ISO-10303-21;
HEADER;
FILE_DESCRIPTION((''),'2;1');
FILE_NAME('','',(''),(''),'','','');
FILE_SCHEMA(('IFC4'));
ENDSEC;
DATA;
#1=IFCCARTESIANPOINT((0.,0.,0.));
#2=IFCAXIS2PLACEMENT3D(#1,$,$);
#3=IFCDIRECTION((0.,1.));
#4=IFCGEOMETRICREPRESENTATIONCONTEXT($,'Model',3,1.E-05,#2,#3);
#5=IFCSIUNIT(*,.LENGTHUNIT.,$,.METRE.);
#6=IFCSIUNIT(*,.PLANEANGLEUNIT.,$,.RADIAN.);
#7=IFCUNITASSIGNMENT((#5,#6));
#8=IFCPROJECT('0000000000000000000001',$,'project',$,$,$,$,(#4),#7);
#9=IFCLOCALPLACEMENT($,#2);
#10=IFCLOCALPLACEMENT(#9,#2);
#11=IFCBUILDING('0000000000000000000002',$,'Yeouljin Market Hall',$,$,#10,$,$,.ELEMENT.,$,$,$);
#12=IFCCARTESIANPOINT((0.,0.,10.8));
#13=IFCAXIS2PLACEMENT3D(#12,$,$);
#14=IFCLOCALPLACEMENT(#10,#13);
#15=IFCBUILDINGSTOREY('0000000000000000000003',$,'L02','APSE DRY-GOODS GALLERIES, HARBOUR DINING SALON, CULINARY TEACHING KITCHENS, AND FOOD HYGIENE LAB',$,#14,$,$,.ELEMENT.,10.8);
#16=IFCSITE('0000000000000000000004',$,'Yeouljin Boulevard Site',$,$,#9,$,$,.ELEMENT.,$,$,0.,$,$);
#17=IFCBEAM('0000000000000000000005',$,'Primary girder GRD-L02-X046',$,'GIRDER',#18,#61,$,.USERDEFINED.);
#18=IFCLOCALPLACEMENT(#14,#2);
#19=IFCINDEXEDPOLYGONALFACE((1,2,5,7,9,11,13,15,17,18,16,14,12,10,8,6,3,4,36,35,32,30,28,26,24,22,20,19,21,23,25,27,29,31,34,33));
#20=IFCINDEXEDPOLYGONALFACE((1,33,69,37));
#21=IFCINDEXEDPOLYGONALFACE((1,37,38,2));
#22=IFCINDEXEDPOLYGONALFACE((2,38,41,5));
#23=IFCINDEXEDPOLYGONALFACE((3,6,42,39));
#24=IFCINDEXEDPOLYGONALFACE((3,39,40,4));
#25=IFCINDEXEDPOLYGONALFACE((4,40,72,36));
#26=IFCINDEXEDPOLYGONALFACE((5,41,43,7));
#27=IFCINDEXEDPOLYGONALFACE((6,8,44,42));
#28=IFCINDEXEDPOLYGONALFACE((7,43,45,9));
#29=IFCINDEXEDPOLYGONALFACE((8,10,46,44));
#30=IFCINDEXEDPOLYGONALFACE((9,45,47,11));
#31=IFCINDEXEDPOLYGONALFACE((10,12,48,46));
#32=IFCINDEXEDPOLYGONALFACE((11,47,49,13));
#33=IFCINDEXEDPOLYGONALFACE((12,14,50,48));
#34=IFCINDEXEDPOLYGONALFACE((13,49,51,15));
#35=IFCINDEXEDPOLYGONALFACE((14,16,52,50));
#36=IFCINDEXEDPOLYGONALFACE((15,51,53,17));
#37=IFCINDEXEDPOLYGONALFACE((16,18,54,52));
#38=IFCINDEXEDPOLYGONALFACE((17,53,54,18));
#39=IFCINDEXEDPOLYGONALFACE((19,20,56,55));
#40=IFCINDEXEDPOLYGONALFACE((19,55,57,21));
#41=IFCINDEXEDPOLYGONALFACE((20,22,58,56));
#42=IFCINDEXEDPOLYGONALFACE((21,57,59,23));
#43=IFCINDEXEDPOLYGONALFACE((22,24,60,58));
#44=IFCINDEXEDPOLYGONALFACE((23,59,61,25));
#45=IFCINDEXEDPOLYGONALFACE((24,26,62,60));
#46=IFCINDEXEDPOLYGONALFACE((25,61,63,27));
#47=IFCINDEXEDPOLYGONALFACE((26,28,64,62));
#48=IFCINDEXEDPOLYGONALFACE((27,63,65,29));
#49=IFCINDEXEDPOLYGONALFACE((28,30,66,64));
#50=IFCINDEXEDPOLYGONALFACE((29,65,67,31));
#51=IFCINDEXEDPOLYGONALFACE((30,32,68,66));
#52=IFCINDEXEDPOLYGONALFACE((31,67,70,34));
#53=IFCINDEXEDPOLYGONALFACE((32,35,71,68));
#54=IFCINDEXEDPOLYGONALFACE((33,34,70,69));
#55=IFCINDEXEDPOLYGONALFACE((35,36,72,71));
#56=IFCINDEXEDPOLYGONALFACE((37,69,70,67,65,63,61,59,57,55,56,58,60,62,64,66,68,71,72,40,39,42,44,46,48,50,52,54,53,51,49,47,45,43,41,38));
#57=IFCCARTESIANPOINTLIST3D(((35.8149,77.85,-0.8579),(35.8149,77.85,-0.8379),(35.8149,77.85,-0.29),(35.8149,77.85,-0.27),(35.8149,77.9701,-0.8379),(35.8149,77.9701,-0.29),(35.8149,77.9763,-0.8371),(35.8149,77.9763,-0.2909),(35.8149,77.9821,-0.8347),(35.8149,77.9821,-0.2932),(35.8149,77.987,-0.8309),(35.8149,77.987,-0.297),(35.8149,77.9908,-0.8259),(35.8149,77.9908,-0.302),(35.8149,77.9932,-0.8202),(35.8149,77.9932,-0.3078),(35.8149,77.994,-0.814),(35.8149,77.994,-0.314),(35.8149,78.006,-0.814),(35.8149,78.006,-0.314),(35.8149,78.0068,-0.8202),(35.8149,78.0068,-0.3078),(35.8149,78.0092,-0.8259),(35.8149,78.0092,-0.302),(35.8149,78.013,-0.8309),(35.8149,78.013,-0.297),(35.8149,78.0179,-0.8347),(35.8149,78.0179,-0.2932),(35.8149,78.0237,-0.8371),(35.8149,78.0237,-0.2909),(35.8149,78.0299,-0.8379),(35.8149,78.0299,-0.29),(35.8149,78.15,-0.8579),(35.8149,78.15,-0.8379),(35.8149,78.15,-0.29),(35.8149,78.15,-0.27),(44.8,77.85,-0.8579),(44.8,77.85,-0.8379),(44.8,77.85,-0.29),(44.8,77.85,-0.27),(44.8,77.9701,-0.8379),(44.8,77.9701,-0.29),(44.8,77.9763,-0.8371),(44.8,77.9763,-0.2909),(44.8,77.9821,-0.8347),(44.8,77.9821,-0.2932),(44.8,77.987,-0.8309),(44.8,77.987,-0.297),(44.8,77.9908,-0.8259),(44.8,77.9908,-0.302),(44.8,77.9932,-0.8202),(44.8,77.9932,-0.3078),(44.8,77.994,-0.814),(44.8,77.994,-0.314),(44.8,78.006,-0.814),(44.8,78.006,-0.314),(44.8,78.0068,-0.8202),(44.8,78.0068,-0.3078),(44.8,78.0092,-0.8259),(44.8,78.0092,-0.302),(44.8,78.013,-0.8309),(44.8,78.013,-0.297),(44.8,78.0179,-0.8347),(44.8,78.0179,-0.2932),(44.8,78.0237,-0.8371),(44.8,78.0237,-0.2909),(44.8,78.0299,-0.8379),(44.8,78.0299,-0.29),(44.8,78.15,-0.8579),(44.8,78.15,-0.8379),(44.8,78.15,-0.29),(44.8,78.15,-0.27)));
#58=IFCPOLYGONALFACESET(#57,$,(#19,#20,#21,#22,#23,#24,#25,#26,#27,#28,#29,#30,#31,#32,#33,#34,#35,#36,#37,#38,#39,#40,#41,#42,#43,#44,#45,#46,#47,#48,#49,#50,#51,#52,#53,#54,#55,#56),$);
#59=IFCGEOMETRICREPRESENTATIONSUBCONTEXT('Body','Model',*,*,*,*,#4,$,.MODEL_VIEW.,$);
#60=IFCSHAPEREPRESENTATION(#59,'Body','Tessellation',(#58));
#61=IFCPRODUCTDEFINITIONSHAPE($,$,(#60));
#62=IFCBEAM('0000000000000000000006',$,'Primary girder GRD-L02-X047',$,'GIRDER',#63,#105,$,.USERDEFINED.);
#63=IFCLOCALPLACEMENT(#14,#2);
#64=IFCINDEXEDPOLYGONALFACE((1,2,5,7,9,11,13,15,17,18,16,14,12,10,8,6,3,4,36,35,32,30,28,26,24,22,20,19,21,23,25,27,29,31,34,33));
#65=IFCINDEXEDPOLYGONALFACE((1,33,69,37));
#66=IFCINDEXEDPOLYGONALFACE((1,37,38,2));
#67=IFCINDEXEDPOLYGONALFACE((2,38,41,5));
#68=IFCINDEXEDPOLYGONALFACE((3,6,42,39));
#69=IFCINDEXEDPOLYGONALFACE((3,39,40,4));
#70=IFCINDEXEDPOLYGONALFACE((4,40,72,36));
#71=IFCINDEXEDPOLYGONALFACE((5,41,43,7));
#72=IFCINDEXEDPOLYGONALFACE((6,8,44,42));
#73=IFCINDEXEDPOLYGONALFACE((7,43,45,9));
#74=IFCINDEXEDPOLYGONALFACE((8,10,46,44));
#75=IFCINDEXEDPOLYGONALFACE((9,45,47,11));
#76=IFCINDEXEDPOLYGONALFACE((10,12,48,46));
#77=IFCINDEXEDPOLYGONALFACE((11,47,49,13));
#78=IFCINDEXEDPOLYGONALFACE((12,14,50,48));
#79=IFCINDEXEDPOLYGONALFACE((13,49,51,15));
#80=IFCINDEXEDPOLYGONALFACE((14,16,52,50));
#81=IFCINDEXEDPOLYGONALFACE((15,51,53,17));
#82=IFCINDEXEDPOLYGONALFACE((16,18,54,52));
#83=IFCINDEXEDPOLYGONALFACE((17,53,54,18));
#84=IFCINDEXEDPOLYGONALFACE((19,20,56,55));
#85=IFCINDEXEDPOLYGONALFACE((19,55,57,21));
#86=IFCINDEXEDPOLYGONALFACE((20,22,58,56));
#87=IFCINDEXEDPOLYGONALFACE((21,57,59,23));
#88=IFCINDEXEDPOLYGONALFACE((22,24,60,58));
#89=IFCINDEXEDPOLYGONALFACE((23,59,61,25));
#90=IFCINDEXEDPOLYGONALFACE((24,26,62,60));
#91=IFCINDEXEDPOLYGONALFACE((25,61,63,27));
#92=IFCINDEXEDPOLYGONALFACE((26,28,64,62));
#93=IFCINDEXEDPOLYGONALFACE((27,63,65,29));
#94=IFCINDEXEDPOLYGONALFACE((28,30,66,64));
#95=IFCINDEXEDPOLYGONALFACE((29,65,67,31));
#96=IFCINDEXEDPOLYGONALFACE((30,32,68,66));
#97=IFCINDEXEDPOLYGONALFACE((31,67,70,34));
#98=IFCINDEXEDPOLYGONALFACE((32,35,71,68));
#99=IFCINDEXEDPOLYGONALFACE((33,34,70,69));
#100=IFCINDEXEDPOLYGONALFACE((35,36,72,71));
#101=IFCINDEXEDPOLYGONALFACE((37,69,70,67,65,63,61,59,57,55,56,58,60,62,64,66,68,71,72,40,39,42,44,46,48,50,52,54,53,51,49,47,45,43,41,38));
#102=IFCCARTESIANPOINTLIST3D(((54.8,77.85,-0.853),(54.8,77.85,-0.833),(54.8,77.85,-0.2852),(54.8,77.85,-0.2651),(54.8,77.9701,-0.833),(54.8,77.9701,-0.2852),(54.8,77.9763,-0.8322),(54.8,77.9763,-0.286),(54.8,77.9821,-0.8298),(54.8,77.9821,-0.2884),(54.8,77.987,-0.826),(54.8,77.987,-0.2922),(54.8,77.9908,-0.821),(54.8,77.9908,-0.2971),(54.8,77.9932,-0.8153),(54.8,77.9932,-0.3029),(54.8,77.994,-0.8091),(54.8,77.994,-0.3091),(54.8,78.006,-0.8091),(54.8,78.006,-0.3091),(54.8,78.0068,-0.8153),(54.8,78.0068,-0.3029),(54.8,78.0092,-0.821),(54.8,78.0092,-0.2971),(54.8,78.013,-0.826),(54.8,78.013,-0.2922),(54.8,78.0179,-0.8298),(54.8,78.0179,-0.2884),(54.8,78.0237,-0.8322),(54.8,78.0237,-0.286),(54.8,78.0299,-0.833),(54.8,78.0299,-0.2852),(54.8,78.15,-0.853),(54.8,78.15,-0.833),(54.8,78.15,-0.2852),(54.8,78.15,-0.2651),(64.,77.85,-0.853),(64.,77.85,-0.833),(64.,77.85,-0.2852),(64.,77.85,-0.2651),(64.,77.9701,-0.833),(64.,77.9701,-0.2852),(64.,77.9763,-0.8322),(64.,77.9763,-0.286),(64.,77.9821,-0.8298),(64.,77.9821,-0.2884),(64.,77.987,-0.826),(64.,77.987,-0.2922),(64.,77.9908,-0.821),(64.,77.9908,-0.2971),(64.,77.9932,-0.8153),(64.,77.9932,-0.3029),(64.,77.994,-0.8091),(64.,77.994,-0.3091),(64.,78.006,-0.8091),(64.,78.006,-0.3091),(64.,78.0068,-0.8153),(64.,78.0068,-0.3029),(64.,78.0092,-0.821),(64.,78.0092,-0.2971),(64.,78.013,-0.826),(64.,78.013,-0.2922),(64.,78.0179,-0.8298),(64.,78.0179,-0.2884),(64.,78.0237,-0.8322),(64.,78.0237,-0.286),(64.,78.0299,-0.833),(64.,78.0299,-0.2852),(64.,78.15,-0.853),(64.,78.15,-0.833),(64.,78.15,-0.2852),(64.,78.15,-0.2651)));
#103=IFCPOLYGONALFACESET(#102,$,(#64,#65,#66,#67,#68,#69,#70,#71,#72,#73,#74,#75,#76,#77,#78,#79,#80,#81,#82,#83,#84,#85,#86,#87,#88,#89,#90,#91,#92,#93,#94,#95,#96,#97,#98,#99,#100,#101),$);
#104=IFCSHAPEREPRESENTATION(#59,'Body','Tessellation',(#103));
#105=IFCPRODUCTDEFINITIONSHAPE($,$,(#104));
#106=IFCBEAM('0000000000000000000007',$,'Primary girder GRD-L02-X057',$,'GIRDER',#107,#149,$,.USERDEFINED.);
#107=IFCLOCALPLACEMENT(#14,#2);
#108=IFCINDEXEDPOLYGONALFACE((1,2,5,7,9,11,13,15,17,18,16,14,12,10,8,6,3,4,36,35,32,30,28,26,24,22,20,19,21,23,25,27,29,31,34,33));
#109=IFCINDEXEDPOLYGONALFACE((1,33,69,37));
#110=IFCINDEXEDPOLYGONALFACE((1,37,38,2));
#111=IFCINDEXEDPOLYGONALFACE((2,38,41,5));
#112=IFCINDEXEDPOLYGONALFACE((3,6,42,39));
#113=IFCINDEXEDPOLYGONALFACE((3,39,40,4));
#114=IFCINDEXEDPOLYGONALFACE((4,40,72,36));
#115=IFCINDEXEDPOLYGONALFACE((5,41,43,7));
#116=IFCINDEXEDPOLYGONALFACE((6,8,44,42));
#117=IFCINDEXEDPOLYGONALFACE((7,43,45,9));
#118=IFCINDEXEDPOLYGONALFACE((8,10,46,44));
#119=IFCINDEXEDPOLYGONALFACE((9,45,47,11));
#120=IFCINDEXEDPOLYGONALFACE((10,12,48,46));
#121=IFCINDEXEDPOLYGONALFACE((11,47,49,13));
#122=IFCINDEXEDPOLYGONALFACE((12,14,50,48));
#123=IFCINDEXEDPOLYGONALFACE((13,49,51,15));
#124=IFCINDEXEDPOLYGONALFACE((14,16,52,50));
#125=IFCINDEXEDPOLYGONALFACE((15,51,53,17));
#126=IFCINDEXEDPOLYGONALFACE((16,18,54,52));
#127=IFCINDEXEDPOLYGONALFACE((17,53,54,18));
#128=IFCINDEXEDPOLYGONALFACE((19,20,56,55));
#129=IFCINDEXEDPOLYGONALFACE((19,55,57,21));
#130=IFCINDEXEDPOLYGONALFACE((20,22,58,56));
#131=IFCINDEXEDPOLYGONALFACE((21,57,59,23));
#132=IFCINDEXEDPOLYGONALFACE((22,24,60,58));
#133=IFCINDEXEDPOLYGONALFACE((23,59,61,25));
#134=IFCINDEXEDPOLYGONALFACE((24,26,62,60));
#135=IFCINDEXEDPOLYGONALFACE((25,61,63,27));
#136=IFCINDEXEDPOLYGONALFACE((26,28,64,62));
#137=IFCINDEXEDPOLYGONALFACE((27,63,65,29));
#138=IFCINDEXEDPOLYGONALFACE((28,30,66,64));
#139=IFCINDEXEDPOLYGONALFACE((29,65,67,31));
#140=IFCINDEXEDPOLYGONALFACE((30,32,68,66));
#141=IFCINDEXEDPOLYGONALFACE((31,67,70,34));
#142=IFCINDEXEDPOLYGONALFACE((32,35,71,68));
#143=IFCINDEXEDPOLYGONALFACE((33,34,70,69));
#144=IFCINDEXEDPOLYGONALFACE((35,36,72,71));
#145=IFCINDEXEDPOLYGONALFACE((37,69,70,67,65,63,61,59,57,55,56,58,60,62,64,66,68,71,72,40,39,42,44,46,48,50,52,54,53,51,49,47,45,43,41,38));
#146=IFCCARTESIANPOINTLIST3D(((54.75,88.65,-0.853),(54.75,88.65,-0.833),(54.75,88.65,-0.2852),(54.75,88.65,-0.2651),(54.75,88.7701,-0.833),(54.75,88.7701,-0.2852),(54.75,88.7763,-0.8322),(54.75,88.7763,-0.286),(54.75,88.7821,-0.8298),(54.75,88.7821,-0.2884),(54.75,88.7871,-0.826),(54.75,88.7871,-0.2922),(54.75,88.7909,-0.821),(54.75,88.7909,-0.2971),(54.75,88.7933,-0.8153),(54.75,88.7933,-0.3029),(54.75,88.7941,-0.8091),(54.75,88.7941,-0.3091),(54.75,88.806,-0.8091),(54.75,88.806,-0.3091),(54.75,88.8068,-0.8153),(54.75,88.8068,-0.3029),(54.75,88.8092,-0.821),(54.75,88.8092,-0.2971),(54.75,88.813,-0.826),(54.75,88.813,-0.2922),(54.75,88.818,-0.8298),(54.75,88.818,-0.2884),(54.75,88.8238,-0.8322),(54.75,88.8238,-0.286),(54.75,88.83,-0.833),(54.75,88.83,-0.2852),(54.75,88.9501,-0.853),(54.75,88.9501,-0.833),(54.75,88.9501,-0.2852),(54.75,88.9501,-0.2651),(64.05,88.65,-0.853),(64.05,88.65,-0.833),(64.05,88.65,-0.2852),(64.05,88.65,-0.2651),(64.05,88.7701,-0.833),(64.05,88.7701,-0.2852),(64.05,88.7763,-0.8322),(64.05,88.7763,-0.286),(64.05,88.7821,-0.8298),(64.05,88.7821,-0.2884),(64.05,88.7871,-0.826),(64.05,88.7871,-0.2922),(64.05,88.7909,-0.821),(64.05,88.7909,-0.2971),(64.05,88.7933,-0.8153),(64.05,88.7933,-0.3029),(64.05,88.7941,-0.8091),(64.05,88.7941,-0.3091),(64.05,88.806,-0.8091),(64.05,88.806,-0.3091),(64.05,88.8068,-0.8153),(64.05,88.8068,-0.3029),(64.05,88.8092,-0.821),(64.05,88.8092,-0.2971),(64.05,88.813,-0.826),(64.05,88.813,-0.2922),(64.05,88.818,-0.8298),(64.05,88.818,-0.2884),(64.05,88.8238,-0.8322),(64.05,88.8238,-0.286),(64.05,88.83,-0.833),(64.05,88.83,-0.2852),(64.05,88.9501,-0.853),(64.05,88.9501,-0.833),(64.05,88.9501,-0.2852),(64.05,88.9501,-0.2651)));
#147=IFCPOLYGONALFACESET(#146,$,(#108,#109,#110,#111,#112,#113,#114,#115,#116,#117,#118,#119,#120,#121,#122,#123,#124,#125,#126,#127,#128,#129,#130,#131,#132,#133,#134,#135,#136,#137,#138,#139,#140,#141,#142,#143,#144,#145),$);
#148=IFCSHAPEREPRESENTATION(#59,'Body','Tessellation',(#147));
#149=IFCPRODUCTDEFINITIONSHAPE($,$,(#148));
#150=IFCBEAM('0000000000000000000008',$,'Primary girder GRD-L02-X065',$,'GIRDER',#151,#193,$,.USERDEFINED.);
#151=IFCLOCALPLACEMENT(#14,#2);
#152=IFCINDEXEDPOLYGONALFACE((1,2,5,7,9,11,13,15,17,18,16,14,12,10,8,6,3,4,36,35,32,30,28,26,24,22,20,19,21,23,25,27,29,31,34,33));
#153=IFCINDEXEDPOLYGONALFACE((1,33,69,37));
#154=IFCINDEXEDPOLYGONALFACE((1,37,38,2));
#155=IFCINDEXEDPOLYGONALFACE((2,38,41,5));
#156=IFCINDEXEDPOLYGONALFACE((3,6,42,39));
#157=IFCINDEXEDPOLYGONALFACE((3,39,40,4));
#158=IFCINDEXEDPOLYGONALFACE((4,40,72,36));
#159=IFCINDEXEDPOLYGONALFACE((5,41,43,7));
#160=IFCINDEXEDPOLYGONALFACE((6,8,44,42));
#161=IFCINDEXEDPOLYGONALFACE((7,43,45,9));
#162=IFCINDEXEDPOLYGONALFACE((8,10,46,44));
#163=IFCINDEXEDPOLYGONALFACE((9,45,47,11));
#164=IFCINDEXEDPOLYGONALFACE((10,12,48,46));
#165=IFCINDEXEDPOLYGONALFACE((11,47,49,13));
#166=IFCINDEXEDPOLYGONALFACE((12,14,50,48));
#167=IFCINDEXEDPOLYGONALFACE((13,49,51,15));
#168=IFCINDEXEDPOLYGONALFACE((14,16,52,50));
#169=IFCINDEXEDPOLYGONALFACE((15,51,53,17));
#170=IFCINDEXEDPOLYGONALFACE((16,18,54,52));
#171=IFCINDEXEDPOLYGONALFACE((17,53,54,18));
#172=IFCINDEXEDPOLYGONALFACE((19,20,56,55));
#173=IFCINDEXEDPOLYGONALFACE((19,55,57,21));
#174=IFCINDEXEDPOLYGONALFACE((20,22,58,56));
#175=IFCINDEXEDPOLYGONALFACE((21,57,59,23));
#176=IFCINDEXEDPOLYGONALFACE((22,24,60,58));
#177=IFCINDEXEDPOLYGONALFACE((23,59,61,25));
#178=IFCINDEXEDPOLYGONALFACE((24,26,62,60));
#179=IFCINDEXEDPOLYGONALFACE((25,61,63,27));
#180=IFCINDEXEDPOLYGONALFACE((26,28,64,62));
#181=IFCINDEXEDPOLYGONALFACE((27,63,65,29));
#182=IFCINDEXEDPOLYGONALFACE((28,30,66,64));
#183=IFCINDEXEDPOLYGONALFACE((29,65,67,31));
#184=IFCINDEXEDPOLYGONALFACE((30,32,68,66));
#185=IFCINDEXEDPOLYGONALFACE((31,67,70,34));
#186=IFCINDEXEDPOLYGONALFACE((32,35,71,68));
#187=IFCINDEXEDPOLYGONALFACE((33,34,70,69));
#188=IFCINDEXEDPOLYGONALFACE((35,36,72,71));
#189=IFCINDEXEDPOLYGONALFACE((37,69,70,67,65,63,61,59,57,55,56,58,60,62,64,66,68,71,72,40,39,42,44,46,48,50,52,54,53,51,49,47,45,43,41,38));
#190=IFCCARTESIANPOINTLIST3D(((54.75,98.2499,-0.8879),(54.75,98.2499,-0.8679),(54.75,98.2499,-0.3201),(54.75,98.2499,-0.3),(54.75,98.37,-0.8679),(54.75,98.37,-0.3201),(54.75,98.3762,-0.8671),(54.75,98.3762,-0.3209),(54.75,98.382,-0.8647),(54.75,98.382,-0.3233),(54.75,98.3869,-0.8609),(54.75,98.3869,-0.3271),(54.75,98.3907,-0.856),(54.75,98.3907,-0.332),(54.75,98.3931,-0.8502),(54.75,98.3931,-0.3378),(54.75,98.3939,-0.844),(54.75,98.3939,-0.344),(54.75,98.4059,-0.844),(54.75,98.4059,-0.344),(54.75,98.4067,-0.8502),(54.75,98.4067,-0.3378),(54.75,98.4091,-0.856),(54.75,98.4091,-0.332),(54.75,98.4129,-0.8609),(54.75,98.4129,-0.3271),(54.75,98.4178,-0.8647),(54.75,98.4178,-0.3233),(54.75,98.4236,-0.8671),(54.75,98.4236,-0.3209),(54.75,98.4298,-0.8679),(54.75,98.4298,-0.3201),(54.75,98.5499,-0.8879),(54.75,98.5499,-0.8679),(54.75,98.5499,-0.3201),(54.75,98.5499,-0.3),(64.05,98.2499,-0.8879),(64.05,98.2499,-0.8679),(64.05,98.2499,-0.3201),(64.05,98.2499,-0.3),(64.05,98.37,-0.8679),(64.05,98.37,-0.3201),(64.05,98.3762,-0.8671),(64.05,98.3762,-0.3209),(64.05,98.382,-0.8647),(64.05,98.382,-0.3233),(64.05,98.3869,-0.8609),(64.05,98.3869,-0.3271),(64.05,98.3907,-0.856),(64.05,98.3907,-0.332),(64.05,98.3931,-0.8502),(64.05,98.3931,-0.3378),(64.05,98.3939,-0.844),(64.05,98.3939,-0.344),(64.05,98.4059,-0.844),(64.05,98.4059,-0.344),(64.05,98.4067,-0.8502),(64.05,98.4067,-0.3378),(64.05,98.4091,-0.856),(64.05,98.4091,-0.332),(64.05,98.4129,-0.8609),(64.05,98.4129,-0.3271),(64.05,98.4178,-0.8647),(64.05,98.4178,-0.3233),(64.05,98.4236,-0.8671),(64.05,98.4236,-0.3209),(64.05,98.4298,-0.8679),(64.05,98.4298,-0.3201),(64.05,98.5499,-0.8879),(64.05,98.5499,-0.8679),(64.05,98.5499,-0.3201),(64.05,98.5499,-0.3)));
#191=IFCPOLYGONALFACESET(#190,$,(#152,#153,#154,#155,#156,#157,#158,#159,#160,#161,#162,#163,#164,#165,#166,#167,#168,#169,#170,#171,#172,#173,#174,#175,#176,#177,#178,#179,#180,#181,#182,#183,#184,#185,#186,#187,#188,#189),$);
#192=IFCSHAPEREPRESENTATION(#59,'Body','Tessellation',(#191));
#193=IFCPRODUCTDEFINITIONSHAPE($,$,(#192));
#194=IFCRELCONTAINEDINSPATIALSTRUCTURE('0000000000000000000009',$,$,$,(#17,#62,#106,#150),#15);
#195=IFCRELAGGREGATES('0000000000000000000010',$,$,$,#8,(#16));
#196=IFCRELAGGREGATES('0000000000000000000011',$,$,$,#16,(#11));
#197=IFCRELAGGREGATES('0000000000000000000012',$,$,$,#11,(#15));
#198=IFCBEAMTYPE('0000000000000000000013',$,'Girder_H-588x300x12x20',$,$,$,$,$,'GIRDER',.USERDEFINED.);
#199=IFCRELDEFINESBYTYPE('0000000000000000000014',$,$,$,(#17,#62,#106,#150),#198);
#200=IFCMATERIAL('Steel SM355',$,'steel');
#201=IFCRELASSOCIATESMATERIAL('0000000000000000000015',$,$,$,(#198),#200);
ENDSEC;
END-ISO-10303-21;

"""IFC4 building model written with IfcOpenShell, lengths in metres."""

from ifc_helpers import new_model, si_unit, direction, frame, origin, origin_2d, place, context, subcontext, project, spatial, i_section, extrude, material, material_profile, profile_set, type_object, element, save


model = new_model("IFC4")

# Units and contexts
model_context = context("Model", 3, precision=1e-05, world=origin(), true_north=direction((0.0, 1.0)))
body_context = subcontext(model_context, "Body", "Model", "MODEL_VIEW")
ifc_project = project(units=[si_unit("LENGTHUNIT", "METRE"), si_unit("PLANEANGLEUNIT", "RADIAN")], contexts=[model_context])

# Site, building, storey
site_placement = place(None, origin())
site = spatial("IfcSite", under=ifc_project, at=site_placement, Name="Yeouljin Boulevard Site", CompositionType="ELEMENT", RefElevation=0.0)
building_placement = place(site_placement, origin())
building = spatial("IfcBuilding", under=site, at=building_placement, Name="Yeouljin Market Hall", CompositionType="ELEMENT")
storey_placement = place(building_placement, frame((0.0, 0.0, 10.8)))
storey = spatial("IfcBuildingStorey", under=building, at=storey_placement, Name="L02", Description="APSE DRY-GOODS GALLERIES, HARBOUR DINING SALON, CULINARY TEACHING KITCHENS, AND FOOD HYGIENE LAB", CompositionType="ELEMENT", Elevation=10.8)

# Beams
ifc_material_1 = material(Name="Steel SM355", Category="steel")
ifc_material_profile_1 = material_profile(ifc_material_1, i_section(OverallWidth=0.3, OverallDepth=0.5879, WebThickness=0.012, FlangeThickness=0.02, FilletRadius=0.0239, at=origin_2d()), Name="H-588x300x12x20")
ifc_profile_set_1 = profile_set([ifc_material_profile_1], Name="Steel SM355")
beam_type_1 = type_object("IfcBeamType", Name="Girder_H-588x300x12x20", ElementType="GIRDER", PredefinedType="USERDEFINED", material=ifc_profile_set_1)
beam_1_placement = place(storey_placement, frame((35.8149, 78.0, -0.564), z_axis=(1.0, 0.0, 0.0), x_axis=(0.0, 1.0, 0.0)))
element("IfcBeam", 1, at=beam_1_placement, inside=storey, type_object=beam_type_1, Name="Primary girder GRD-L02-X046", ObjectType="GIRDER", PredefinedType="USERDEFINED", context=body_context, shape_type="SweptSolid", body=[
    extrude(i_section(OverallWidth=0.3, OverallDepth=0.5879, WebThickness=0.012, FlangeThickness=0.02, FilletRadius=0.0239, at=origin_2d()), origin(), (0.0, 0.0, 1.0), 8.9851),
])
beam_2_placement = place(storey_placement, frame((54.8, 78.0, -0.5591), z_axis=(1.0, 0.0, 0.0), x_axis=(0.0, 1.0, 0.0)))
element("IfcBeam", 2, at=beam_2_placement, inside=storey, type_object=beam_type_1, Name="Primary girder GRD-L02-X047", ObjectType="GIRDER", PredefinedType="USERDEFINED", context=body_context, shape_type="SweptSolid", body=[
    extrude(i_section(OverallWidth=0.3, OverallDepth=0.5879, WebThickness=0.012, FlangeThickness=0.02, FilletRadius=0.0239, at=origin_2d()), origin(), (0.0, 0.0, 1.0), 9.2),
])
for number, where, z_axis, x_axis, name in (
    (3, (54.75, 88.8, -0.5591), (1.0, 0.0, 0.0), (0.0, 1.0, 0.0), "Primary girder GRD-L02-X057"),
    (4, (54.75, 98.3999, -0.594), (1.0, 0.0, 0.0), (0.0, 1.0, 0.0), "Primary girder GRD-L02-X065"),
):
    element("IfcBeam", number, at=place(storey_placement, frame(where, z_axis=z_axis, x_axis=x_axis)), inside=storey, type_object=beam_type_1, Name=name, ObjectType="GIRDER", PredefinedType="USERDEFINED", context=body_context, shape_type="SweptSolid", body=[
        extrude(i_section(OverallWidth=0.3, OverallDepth=0.5879, WebThickness=0.012, FlangeThickness=0.02, FilletRadius=0.0239, at=origin_2d()), origin(), (0.0, 0.0, 1.0), 9.3),
    ])

save(model, "model.ifc")
